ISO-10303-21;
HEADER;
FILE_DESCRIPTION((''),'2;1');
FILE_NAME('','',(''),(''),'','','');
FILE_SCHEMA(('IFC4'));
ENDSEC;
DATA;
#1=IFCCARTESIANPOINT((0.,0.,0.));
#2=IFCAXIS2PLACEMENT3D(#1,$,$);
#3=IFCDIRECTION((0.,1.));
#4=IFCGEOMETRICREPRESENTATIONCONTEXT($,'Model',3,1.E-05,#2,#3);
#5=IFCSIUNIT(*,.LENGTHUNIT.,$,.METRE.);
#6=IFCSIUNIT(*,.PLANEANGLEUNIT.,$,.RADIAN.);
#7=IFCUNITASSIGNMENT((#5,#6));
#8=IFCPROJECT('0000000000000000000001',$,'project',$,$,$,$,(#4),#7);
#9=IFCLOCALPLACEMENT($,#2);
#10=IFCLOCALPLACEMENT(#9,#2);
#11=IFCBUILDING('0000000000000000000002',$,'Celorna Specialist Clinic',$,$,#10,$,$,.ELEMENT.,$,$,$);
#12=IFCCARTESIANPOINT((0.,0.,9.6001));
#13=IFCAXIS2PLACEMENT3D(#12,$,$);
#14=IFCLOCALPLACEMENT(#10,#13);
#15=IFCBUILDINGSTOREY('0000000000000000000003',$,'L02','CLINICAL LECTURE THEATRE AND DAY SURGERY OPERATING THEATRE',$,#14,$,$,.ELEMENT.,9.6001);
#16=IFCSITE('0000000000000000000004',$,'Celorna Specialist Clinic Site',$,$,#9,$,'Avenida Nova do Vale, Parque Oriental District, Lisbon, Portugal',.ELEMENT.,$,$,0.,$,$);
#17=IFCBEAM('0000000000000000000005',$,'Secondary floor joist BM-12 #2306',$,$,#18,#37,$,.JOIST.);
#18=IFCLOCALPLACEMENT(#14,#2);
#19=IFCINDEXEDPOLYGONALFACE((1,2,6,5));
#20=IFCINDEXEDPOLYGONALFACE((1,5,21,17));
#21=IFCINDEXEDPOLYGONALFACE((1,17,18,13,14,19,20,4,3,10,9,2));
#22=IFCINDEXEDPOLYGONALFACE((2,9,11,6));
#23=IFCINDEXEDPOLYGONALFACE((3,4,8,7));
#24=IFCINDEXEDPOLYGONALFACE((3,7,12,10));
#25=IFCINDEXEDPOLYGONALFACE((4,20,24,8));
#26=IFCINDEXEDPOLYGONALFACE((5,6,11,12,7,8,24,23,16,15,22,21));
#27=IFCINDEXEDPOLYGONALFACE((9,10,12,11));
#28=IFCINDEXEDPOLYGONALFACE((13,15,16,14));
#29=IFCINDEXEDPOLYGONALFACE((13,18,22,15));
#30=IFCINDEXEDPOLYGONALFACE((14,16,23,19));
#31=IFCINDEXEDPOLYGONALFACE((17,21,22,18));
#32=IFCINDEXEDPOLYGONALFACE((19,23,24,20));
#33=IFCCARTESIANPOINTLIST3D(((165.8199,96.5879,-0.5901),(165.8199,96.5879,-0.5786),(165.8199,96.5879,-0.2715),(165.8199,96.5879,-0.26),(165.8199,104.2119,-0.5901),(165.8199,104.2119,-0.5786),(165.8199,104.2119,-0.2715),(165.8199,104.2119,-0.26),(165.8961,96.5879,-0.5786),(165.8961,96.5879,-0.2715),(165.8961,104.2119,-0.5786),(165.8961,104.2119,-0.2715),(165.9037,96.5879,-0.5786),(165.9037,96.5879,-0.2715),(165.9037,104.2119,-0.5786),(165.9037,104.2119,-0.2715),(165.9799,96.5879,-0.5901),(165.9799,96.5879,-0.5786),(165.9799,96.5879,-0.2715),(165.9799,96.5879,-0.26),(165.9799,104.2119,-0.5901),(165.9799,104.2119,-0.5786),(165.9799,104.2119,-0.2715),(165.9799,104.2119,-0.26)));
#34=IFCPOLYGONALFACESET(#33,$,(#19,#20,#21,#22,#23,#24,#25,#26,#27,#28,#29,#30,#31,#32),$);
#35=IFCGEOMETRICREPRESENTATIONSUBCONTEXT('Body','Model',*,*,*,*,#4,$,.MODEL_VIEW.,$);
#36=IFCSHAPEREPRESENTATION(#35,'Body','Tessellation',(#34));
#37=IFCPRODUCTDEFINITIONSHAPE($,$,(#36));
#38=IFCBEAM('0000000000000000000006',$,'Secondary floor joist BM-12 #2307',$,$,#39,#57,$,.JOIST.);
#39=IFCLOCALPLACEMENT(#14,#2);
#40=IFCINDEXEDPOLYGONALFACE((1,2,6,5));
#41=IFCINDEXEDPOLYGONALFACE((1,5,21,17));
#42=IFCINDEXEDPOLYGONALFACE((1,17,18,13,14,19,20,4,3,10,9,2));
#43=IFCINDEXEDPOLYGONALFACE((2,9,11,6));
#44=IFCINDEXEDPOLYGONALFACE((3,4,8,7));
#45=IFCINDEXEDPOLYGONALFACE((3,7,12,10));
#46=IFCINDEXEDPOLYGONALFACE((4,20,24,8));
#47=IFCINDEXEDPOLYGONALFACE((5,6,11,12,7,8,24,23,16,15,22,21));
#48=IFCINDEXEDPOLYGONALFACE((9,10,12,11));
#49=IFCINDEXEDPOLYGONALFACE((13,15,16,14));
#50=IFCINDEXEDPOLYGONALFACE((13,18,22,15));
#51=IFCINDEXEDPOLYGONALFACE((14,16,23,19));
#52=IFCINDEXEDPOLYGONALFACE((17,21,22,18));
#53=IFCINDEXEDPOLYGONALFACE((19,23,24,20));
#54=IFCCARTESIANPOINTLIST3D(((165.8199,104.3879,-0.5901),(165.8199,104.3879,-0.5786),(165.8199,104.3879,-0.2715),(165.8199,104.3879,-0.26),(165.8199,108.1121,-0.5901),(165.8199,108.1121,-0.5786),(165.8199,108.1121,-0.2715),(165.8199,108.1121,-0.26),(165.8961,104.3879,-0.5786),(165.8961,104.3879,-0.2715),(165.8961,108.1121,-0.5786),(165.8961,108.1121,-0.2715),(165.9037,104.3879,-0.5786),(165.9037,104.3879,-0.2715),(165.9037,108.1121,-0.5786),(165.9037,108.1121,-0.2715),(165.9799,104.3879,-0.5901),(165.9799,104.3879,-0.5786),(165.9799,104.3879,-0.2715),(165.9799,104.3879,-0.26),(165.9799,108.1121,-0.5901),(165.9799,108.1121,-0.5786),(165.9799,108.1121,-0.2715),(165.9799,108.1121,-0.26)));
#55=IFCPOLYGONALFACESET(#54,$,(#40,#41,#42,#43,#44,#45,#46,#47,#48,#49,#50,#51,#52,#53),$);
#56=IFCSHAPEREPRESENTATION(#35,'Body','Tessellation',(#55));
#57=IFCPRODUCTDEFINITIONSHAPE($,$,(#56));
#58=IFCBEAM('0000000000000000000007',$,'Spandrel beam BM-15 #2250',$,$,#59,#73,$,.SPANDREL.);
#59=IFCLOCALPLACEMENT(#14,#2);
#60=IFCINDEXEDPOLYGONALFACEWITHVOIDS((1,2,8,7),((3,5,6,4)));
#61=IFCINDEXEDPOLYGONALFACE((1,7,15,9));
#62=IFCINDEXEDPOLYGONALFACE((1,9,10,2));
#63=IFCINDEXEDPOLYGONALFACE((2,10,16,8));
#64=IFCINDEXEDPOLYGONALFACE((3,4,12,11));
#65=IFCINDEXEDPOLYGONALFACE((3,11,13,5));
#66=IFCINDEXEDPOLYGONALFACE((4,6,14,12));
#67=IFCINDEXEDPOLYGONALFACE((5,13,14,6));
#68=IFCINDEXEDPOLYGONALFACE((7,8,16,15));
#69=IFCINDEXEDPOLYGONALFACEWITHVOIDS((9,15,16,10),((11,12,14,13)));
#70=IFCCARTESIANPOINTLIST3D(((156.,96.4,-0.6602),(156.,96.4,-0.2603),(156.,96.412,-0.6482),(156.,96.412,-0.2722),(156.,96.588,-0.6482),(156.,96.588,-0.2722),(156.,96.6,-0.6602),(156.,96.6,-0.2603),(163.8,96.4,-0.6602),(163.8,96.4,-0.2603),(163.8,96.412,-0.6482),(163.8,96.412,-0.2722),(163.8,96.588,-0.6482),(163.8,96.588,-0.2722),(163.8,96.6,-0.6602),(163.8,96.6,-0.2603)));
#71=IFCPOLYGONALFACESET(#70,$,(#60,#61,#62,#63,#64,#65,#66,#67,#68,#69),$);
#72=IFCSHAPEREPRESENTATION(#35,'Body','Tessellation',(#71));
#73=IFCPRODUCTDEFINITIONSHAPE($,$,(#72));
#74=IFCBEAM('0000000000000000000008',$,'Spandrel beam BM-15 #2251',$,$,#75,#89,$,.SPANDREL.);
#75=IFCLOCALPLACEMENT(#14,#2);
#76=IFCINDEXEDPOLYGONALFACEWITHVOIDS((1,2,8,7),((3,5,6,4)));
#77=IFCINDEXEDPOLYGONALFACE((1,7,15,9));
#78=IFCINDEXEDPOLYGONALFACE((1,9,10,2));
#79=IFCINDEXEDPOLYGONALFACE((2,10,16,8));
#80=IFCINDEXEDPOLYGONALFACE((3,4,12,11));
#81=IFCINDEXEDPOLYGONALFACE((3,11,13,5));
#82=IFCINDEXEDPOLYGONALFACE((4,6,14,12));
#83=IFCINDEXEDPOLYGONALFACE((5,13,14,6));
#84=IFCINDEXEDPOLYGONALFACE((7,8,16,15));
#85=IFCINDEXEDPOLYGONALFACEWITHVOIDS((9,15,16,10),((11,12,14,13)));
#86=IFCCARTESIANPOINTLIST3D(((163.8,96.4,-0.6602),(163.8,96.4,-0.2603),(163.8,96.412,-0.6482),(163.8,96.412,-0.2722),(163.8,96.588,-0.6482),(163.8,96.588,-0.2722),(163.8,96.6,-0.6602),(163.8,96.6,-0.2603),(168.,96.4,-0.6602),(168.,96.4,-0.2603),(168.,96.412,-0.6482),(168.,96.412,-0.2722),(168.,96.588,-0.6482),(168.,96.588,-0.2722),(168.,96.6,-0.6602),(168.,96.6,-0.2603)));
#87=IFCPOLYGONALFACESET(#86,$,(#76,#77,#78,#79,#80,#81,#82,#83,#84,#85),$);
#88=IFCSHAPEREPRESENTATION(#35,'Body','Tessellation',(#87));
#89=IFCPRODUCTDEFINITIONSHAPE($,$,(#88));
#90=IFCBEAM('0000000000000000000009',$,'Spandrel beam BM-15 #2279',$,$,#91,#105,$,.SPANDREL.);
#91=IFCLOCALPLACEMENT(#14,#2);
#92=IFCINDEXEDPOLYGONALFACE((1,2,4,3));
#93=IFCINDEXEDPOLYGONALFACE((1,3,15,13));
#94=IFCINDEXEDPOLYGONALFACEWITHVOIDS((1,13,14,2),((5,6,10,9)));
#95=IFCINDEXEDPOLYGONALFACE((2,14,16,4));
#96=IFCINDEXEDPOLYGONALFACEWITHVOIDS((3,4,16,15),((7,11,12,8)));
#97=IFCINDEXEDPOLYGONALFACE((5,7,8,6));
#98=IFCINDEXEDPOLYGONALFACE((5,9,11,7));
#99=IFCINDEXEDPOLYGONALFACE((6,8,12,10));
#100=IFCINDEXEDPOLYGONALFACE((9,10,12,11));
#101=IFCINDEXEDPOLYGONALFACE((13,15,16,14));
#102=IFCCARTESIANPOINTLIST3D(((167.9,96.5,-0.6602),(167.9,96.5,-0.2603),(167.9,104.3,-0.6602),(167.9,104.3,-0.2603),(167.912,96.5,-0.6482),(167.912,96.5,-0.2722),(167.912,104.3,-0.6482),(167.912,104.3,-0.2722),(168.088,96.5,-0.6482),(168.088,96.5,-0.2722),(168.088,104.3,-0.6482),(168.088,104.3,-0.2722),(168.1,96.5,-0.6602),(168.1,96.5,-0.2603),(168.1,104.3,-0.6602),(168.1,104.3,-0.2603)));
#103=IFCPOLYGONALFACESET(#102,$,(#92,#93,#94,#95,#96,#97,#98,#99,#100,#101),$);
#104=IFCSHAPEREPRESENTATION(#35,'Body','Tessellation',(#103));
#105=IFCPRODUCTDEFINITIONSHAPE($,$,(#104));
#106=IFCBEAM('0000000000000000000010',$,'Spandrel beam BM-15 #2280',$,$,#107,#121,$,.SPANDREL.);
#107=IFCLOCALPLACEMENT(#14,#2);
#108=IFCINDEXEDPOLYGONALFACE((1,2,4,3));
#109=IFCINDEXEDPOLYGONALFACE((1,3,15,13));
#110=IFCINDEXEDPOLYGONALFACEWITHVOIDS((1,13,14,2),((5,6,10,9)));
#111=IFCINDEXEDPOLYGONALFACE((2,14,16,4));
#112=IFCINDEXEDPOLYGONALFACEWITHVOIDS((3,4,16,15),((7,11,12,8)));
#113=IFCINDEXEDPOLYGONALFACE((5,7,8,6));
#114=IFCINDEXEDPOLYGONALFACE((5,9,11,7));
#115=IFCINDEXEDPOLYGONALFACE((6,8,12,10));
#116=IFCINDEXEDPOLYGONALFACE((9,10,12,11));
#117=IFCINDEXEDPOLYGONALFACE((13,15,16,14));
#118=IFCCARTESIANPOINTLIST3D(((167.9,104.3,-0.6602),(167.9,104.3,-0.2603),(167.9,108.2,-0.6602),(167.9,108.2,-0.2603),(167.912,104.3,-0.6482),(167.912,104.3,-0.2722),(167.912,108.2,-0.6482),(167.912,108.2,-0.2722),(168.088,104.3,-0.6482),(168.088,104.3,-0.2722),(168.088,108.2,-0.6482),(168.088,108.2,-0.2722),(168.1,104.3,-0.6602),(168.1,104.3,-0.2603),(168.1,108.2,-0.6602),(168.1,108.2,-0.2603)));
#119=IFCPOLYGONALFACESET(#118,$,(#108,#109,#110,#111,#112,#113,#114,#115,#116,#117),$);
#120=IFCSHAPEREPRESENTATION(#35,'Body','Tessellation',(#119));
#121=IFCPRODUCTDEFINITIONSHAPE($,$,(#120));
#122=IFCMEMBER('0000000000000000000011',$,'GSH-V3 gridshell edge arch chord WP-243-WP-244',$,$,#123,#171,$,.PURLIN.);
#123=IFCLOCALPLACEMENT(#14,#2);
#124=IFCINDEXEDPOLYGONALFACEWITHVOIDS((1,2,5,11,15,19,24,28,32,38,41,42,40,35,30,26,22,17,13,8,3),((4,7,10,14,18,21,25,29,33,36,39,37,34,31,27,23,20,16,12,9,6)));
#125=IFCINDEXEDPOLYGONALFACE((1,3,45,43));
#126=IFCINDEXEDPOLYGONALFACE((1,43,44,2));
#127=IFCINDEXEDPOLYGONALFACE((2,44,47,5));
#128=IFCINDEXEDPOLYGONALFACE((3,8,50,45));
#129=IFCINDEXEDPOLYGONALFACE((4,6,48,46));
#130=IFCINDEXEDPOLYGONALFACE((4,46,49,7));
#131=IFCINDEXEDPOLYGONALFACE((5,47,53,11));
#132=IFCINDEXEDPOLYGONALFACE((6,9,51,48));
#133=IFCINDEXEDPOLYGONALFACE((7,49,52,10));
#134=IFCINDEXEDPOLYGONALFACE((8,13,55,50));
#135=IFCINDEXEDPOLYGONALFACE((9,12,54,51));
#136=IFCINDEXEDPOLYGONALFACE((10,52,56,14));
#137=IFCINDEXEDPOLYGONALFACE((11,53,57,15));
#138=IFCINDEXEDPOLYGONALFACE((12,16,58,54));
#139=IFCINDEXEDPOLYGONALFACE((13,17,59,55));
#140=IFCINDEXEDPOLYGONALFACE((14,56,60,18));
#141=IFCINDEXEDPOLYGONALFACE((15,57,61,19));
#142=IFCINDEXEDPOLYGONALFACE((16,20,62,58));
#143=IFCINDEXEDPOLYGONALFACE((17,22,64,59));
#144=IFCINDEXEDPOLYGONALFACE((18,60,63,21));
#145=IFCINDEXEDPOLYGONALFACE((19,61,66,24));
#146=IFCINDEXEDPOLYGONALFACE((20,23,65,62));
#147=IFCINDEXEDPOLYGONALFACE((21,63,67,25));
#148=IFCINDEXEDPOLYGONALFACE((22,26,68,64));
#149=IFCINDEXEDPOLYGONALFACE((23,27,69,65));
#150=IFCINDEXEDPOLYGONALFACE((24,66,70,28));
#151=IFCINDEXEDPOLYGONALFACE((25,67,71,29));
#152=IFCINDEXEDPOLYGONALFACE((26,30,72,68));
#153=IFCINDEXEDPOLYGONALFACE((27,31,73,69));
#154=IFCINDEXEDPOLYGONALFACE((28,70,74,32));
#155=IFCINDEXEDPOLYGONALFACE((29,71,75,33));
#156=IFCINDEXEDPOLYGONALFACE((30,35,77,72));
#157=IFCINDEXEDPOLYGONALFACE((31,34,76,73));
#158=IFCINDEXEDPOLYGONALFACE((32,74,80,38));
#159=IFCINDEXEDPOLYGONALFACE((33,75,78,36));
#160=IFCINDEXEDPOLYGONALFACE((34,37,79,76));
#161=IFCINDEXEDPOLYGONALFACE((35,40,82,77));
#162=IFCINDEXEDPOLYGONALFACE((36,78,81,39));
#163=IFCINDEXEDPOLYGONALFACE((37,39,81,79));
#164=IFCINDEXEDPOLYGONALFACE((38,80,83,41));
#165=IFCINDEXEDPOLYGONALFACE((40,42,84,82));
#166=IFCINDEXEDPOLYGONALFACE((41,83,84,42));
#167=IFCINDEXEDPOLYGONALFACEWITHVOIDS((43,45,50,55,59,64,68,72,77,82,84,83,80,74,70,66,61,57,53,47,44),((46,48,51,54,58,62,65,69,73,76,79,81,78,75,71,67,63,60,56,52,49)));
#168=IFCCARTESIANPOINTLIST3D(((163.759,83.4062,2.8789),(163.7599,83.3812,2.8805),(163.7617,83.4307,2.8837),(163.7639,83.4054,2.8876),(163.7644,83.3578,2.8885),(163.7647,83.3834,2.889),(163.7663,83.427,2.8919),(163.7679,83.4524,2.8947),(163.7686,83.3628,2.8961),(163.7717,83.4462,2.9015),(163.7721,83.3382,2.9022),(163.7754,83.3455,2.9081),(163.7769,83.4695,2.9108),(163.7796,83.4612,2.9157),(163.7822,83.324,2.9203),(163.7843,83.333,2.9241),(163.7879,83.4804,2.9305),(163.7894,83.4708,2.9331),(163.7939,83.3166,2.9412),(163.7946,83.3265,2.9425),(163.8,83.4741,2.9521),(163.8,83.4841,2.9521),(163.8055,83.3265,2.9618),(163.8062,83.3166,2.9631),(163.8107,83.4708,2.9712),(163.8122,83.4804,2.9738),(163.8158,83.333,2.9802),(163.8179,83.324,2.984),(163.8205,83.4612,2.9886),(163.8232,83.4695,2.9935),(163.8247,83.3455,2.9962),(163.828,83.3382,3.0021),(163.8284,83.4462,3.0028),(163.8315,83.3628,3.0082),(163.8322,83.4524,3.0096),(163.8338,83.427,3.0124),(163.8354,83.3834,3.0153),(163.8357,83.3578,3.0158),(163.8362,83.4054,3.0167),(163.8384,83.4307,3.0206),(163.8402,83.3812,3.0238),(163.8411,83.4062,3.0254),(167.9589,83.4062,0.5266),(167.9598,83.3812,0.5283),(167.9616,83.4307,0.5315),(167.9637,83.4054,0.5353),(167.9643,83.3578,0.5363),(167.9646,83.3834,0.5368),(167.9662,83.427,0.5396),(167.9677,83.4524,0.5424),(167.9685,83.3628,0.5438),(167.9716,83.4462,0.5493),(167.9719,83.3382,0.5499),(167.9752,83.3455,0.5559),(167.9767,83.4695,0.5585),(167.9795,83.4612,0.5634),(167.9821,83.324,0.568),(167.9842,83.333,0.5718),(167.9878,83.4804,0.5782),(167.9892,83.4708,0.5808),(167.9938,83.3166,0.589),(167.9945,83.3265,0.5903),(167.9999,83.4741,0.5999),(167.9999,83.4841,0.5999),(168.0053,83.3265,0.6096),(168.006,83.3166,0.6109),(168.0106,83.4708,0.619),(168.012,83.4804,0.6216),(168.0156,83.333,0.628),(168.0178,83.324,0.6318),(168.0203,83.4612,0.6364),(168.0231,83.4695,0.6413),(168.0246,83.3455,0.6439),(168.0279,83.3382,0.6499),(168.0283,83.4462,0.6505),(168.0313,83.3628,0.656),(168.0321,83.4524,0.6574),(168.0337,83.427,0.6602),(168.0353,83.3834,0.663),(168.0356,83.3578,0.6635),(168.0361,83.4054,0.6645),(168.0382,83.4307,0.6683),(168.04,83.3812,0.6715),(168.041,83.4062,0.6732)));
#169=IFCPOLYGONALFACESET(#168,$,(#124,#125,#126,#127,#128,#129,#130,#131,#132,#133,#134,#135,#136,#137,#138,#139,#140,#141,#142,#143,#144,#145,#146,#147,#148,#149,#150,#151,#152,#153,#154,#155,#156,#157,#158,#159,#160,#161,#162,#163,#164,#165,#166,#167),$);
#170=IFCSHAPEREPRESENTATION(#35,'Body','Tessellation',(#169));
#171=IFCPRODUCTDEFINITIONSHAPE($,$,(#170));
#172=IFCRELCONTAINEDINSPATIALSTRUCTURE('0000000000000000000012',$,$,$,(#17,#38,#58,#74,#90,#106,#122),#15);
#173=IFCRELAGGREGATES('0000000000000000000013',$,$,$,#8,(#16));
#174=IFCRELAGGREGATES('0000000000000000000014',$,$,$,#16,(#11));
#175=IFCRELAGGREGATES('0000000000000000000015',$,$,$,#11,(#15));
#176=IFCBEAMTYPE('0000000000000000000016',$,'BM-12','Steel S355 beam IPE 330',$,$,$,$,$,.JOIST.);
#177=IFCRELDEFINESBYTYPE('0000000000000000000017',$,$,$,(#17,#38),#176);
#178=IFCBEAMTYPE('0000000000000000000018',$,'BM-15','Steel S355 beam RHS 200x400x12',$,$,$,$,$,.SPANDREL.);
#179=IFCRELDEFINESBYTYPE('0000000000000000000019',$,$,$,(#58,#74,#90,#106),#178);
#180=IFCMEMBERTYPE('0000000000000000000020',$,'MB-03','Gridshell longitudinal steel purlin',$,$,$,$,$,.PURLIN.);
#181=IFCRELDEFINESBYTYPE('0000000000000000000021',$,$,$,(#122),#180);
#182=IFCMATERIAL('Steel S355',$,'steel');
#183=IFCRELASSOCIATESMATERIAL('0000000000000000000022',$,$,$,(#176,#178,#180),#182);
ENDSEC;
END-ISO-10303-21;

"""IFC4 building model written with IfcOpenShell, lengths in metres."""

from ifc_helpers import new_model, si_unit, direction, frame, origin, origin_2d, place, context, subcontext, project, spatial, hollow_rectangle, hollow_circle, i_section, extrude, material, material_profile, profile_set, type_object, element, save


model = new_model("IFC4")

# Units and contexts
model_context = context("Model", 3, precision=1e-05, world=origin(), true_north=direction((0.0, 1.0)))
body_context = subcontext(model_context, "Body", "Model", "MODEL_VIEW")
ifc_project = project(units=[si_unit("LENGTHUNIT", "METRE"), si_unit("PLANEANGLEUNIT", "RADIAN")], contexts=[model_context])

# Site, building, storey
site_placement = place(None, origin())
site = spatial("IfcSite", under=ifc_project, at=site_placement, Name="Celorna Specialist Clinic Site", LongName="Avenida Nova do Vale, Parque Oriental District, Lisbon, Portugal", CompositionType="ELEMENT", RefElevation=0.0)
building_placement = place(site_placement, origin())
building = spatial("IfcBuilding", under=site, at=building_placement, Name="Celorna Specialist Clinic", CompositionType="ELEMENT")
storey_placement = place(building_placement, frame((0.0, 0.0, 9.6001)))
storey = spatial("IfcBuildingStorey", under=building, at=storey_placement, Name="L02", Description="CLINICAL LECTURE THEATRE AND DAY SURGERY OPERATING THEATRE", CompositionType="ELEMENT", Elevation=9.6001)

# Shared definitions
ifc_material = material(Name="Steel S355", Category="steel")

# Beams
ifc_material_profile_1 = material_profile(ifc_material, i_section(OverallWidth=0.1599, OverallDepth=0.3301, WebThickness=0.0076, FlangeThickness=0.0115, at=origin_2d()), Name="IPE 330")
ifc_profile_set_1 = profile_set([ifc_material_profile_1], Name="Steel S355")
beam_type_1 = type_object("IfcBeamType", Name="BM-12", Description="Steel S355 beam IPE 330", PredefinedType="JOIST", material=ifc_profile_set_1)
beam_1_placement = place(storey_placement, frame((165.8999, 96.5879, -0.425), z_axis=(0.0, 1.0, 0.0), x_axis=(-1.0, 0.0, 0.0)))
element("IfcBeam", 1, at=beam_1_placement, inside=storey, type_object=beam_type_1, Name="Secondary floor joist BM-12 #2306", PredefinedType="JOIST", context=body_context, shape_type="SweptSolid", body=[
    extrude(i_section(OverallWidth=0.1599, OverallDepth=0.3301, WebThickness=0.0076, FlangeThickness=0.0115, at=origin_2d()), origin(), (0.0, 0.0, 1.0), 7.624),
])
beam_2_placement = place(storey_placement, frame((165.8999, 104.3879, -0.425), z_axis=(0.0, 1.0, 0.0), x_axis=(-1.0, 0.0, 0.0)))
element("IfcBeam", 2, at=beam_2_placement, inside=storey, type_object=beam_type_1, Name="Secondary floor joist BM-12 #2307", PredefinedType="JOIST", context=body_context, shape_type="SweptSolid", body=[
    extrude(i_section(OverallWidth=0.1599, OverallDepth=0.3301, WebThickness=0.0076, FlangeThickness=0.0115, at=origin_2d()), origin(), (0.0, 0.0, 1.0), 3.7241),
])
ifc_material_profile_2 = material_profile(ifc_material, hollow_rectangle(XDim=0.2, YDim=0.3999, WallThickness=0.012, at=origin_2d()), Name="RHS 200x400x12")
ifc_profile_set_2 = profile_set([ifc_material_profile_2], Name="Steel S355")
beam_type_2 = type_object("IfcBeamType", Name="BM-15", Description="Steel S355 beam RHS 200x400x12", PredefinedType="SPANDREL", material=ifc_profile_set_2)
beam_3_placement = place(storey_placement, frame((156.0, 96.5, -0.4602), z_axis=(1.0, 0.0, 0.0), x_axis=(0.0, 1.0, 0.0)))
element("IfcBeam", 3, at=beam_3_placement, inside=storey, type_object=beam_type_2, Name="Spandrel beam BM-15 #2250", PredefinedType="SPANDREL", context=body_context, shape_type="SweptSolid", body=[
    extrude(hollow_rectangle(XDim=0.2, YDim=0.3999, WallThickness=0.012, at=origin_2d()), origin(), (0.0, 0.0, 1.0), 7.8),
])
beam_4_placement = place(storey_placement, frame((163.8, 96.5, -0.4602), z_axis=(1.0, 0.0, 0.0), x_axis=(0.0, 1.0, 0.0)))
element("IfcBeam", 4, at=beam_4_placement, inside=storey, type_object=beam_type_2, Name="Spandrel beam BM-15 #2251", PredefinedType="SPANDREL", context=body_context, shape_type="SweptSolid", body=[
    extrude(hollow_rectangle(XDim=0.2, YDim=0.3999, WallThickness=0.012, at=origin_2d()), origin(), (0.0, 0.0, 1.0), 4.2),
])
beam_5_placement = place(storey_placement, frame((168.0, 96.5, -0.4602), z_axis=(0.0, 1.0, 0.0), x_axis=(-1.0, 0.0, 0.0)))
element("IfcBeam", 5, at=beam_5_placement, inside=storey, type_object=beam_type_2, Name="Spandrel beam BM-15 #2279", PredefinedType="SPANDREL", context=body_context, shape_type="SweptSolid", body=[
    extrude(hollow_rectangle(XDim=0.2, YDim=0.3999, WallThickness=0.012, at=origin_2d()), origin(), (0.0, 0.0, 1.0), 7.8),
])
beam_6_placement = place(storey_placement, frame((168.0, 104.3, -0.4602), z_axis=(0.0, 1.0, 0.0), x_axis=(-1.0, 0.0, 0.0)))
element("IfcBeam", 6, at=beam_6_placement, inside=storey, type_object=beam_type_2, Name="Spandrel beam BM-15 #2280", PredefinedType="SPANDREL", context=body_context, shape_type="SweptSolid", body=[
    extrude(hollow_rectangle(XDim=0.2, YDim=0.3999, WallThickness=0.012, at=origin_2d()), origin(), (0.0, 0.0, 1.0), 3.8999),
])

# Member
ifc_material_profile_3 = material_profile(ifc_material, hollow_circle(Radius=0.0842, WallThickness=0.01, at=origin_2d()), Name="CHS 168.3x10")
ifc_profile_set_3 = profile_set([ifc_material_profile_3], Name="Steel S355")
member_type_1 = type_object("IfcMemberType", Name="MB-03", Description="Gridshell longitudinal steel purlin", PredefinedType="PURLIN", material=ifc_profile_set_3)
member_1_placement = place(storey_placement, frame((163.8, 83.3999, 2.9521), z_axis=(0.872477, 0.0, -0.488654), x_axis=(0.0, 1.0, 0.0)))
element("IfcMember", 7, at=member_1_placement, inside=storey, type_object=member_type_1, Name="GSH-V3 gridshell edge arch chord WP-243-WP-244", PredefinedType="PURLIN", context=body_context, shape_type="SweptSolid", body=[
    extrude(hollow_circle(Radius=0.0842, WallThickness=0.01, at=origin_2d()), origin(), (0.0, 0.0, 1.0), 4.8137),
])

save(model, "model.ifc")
